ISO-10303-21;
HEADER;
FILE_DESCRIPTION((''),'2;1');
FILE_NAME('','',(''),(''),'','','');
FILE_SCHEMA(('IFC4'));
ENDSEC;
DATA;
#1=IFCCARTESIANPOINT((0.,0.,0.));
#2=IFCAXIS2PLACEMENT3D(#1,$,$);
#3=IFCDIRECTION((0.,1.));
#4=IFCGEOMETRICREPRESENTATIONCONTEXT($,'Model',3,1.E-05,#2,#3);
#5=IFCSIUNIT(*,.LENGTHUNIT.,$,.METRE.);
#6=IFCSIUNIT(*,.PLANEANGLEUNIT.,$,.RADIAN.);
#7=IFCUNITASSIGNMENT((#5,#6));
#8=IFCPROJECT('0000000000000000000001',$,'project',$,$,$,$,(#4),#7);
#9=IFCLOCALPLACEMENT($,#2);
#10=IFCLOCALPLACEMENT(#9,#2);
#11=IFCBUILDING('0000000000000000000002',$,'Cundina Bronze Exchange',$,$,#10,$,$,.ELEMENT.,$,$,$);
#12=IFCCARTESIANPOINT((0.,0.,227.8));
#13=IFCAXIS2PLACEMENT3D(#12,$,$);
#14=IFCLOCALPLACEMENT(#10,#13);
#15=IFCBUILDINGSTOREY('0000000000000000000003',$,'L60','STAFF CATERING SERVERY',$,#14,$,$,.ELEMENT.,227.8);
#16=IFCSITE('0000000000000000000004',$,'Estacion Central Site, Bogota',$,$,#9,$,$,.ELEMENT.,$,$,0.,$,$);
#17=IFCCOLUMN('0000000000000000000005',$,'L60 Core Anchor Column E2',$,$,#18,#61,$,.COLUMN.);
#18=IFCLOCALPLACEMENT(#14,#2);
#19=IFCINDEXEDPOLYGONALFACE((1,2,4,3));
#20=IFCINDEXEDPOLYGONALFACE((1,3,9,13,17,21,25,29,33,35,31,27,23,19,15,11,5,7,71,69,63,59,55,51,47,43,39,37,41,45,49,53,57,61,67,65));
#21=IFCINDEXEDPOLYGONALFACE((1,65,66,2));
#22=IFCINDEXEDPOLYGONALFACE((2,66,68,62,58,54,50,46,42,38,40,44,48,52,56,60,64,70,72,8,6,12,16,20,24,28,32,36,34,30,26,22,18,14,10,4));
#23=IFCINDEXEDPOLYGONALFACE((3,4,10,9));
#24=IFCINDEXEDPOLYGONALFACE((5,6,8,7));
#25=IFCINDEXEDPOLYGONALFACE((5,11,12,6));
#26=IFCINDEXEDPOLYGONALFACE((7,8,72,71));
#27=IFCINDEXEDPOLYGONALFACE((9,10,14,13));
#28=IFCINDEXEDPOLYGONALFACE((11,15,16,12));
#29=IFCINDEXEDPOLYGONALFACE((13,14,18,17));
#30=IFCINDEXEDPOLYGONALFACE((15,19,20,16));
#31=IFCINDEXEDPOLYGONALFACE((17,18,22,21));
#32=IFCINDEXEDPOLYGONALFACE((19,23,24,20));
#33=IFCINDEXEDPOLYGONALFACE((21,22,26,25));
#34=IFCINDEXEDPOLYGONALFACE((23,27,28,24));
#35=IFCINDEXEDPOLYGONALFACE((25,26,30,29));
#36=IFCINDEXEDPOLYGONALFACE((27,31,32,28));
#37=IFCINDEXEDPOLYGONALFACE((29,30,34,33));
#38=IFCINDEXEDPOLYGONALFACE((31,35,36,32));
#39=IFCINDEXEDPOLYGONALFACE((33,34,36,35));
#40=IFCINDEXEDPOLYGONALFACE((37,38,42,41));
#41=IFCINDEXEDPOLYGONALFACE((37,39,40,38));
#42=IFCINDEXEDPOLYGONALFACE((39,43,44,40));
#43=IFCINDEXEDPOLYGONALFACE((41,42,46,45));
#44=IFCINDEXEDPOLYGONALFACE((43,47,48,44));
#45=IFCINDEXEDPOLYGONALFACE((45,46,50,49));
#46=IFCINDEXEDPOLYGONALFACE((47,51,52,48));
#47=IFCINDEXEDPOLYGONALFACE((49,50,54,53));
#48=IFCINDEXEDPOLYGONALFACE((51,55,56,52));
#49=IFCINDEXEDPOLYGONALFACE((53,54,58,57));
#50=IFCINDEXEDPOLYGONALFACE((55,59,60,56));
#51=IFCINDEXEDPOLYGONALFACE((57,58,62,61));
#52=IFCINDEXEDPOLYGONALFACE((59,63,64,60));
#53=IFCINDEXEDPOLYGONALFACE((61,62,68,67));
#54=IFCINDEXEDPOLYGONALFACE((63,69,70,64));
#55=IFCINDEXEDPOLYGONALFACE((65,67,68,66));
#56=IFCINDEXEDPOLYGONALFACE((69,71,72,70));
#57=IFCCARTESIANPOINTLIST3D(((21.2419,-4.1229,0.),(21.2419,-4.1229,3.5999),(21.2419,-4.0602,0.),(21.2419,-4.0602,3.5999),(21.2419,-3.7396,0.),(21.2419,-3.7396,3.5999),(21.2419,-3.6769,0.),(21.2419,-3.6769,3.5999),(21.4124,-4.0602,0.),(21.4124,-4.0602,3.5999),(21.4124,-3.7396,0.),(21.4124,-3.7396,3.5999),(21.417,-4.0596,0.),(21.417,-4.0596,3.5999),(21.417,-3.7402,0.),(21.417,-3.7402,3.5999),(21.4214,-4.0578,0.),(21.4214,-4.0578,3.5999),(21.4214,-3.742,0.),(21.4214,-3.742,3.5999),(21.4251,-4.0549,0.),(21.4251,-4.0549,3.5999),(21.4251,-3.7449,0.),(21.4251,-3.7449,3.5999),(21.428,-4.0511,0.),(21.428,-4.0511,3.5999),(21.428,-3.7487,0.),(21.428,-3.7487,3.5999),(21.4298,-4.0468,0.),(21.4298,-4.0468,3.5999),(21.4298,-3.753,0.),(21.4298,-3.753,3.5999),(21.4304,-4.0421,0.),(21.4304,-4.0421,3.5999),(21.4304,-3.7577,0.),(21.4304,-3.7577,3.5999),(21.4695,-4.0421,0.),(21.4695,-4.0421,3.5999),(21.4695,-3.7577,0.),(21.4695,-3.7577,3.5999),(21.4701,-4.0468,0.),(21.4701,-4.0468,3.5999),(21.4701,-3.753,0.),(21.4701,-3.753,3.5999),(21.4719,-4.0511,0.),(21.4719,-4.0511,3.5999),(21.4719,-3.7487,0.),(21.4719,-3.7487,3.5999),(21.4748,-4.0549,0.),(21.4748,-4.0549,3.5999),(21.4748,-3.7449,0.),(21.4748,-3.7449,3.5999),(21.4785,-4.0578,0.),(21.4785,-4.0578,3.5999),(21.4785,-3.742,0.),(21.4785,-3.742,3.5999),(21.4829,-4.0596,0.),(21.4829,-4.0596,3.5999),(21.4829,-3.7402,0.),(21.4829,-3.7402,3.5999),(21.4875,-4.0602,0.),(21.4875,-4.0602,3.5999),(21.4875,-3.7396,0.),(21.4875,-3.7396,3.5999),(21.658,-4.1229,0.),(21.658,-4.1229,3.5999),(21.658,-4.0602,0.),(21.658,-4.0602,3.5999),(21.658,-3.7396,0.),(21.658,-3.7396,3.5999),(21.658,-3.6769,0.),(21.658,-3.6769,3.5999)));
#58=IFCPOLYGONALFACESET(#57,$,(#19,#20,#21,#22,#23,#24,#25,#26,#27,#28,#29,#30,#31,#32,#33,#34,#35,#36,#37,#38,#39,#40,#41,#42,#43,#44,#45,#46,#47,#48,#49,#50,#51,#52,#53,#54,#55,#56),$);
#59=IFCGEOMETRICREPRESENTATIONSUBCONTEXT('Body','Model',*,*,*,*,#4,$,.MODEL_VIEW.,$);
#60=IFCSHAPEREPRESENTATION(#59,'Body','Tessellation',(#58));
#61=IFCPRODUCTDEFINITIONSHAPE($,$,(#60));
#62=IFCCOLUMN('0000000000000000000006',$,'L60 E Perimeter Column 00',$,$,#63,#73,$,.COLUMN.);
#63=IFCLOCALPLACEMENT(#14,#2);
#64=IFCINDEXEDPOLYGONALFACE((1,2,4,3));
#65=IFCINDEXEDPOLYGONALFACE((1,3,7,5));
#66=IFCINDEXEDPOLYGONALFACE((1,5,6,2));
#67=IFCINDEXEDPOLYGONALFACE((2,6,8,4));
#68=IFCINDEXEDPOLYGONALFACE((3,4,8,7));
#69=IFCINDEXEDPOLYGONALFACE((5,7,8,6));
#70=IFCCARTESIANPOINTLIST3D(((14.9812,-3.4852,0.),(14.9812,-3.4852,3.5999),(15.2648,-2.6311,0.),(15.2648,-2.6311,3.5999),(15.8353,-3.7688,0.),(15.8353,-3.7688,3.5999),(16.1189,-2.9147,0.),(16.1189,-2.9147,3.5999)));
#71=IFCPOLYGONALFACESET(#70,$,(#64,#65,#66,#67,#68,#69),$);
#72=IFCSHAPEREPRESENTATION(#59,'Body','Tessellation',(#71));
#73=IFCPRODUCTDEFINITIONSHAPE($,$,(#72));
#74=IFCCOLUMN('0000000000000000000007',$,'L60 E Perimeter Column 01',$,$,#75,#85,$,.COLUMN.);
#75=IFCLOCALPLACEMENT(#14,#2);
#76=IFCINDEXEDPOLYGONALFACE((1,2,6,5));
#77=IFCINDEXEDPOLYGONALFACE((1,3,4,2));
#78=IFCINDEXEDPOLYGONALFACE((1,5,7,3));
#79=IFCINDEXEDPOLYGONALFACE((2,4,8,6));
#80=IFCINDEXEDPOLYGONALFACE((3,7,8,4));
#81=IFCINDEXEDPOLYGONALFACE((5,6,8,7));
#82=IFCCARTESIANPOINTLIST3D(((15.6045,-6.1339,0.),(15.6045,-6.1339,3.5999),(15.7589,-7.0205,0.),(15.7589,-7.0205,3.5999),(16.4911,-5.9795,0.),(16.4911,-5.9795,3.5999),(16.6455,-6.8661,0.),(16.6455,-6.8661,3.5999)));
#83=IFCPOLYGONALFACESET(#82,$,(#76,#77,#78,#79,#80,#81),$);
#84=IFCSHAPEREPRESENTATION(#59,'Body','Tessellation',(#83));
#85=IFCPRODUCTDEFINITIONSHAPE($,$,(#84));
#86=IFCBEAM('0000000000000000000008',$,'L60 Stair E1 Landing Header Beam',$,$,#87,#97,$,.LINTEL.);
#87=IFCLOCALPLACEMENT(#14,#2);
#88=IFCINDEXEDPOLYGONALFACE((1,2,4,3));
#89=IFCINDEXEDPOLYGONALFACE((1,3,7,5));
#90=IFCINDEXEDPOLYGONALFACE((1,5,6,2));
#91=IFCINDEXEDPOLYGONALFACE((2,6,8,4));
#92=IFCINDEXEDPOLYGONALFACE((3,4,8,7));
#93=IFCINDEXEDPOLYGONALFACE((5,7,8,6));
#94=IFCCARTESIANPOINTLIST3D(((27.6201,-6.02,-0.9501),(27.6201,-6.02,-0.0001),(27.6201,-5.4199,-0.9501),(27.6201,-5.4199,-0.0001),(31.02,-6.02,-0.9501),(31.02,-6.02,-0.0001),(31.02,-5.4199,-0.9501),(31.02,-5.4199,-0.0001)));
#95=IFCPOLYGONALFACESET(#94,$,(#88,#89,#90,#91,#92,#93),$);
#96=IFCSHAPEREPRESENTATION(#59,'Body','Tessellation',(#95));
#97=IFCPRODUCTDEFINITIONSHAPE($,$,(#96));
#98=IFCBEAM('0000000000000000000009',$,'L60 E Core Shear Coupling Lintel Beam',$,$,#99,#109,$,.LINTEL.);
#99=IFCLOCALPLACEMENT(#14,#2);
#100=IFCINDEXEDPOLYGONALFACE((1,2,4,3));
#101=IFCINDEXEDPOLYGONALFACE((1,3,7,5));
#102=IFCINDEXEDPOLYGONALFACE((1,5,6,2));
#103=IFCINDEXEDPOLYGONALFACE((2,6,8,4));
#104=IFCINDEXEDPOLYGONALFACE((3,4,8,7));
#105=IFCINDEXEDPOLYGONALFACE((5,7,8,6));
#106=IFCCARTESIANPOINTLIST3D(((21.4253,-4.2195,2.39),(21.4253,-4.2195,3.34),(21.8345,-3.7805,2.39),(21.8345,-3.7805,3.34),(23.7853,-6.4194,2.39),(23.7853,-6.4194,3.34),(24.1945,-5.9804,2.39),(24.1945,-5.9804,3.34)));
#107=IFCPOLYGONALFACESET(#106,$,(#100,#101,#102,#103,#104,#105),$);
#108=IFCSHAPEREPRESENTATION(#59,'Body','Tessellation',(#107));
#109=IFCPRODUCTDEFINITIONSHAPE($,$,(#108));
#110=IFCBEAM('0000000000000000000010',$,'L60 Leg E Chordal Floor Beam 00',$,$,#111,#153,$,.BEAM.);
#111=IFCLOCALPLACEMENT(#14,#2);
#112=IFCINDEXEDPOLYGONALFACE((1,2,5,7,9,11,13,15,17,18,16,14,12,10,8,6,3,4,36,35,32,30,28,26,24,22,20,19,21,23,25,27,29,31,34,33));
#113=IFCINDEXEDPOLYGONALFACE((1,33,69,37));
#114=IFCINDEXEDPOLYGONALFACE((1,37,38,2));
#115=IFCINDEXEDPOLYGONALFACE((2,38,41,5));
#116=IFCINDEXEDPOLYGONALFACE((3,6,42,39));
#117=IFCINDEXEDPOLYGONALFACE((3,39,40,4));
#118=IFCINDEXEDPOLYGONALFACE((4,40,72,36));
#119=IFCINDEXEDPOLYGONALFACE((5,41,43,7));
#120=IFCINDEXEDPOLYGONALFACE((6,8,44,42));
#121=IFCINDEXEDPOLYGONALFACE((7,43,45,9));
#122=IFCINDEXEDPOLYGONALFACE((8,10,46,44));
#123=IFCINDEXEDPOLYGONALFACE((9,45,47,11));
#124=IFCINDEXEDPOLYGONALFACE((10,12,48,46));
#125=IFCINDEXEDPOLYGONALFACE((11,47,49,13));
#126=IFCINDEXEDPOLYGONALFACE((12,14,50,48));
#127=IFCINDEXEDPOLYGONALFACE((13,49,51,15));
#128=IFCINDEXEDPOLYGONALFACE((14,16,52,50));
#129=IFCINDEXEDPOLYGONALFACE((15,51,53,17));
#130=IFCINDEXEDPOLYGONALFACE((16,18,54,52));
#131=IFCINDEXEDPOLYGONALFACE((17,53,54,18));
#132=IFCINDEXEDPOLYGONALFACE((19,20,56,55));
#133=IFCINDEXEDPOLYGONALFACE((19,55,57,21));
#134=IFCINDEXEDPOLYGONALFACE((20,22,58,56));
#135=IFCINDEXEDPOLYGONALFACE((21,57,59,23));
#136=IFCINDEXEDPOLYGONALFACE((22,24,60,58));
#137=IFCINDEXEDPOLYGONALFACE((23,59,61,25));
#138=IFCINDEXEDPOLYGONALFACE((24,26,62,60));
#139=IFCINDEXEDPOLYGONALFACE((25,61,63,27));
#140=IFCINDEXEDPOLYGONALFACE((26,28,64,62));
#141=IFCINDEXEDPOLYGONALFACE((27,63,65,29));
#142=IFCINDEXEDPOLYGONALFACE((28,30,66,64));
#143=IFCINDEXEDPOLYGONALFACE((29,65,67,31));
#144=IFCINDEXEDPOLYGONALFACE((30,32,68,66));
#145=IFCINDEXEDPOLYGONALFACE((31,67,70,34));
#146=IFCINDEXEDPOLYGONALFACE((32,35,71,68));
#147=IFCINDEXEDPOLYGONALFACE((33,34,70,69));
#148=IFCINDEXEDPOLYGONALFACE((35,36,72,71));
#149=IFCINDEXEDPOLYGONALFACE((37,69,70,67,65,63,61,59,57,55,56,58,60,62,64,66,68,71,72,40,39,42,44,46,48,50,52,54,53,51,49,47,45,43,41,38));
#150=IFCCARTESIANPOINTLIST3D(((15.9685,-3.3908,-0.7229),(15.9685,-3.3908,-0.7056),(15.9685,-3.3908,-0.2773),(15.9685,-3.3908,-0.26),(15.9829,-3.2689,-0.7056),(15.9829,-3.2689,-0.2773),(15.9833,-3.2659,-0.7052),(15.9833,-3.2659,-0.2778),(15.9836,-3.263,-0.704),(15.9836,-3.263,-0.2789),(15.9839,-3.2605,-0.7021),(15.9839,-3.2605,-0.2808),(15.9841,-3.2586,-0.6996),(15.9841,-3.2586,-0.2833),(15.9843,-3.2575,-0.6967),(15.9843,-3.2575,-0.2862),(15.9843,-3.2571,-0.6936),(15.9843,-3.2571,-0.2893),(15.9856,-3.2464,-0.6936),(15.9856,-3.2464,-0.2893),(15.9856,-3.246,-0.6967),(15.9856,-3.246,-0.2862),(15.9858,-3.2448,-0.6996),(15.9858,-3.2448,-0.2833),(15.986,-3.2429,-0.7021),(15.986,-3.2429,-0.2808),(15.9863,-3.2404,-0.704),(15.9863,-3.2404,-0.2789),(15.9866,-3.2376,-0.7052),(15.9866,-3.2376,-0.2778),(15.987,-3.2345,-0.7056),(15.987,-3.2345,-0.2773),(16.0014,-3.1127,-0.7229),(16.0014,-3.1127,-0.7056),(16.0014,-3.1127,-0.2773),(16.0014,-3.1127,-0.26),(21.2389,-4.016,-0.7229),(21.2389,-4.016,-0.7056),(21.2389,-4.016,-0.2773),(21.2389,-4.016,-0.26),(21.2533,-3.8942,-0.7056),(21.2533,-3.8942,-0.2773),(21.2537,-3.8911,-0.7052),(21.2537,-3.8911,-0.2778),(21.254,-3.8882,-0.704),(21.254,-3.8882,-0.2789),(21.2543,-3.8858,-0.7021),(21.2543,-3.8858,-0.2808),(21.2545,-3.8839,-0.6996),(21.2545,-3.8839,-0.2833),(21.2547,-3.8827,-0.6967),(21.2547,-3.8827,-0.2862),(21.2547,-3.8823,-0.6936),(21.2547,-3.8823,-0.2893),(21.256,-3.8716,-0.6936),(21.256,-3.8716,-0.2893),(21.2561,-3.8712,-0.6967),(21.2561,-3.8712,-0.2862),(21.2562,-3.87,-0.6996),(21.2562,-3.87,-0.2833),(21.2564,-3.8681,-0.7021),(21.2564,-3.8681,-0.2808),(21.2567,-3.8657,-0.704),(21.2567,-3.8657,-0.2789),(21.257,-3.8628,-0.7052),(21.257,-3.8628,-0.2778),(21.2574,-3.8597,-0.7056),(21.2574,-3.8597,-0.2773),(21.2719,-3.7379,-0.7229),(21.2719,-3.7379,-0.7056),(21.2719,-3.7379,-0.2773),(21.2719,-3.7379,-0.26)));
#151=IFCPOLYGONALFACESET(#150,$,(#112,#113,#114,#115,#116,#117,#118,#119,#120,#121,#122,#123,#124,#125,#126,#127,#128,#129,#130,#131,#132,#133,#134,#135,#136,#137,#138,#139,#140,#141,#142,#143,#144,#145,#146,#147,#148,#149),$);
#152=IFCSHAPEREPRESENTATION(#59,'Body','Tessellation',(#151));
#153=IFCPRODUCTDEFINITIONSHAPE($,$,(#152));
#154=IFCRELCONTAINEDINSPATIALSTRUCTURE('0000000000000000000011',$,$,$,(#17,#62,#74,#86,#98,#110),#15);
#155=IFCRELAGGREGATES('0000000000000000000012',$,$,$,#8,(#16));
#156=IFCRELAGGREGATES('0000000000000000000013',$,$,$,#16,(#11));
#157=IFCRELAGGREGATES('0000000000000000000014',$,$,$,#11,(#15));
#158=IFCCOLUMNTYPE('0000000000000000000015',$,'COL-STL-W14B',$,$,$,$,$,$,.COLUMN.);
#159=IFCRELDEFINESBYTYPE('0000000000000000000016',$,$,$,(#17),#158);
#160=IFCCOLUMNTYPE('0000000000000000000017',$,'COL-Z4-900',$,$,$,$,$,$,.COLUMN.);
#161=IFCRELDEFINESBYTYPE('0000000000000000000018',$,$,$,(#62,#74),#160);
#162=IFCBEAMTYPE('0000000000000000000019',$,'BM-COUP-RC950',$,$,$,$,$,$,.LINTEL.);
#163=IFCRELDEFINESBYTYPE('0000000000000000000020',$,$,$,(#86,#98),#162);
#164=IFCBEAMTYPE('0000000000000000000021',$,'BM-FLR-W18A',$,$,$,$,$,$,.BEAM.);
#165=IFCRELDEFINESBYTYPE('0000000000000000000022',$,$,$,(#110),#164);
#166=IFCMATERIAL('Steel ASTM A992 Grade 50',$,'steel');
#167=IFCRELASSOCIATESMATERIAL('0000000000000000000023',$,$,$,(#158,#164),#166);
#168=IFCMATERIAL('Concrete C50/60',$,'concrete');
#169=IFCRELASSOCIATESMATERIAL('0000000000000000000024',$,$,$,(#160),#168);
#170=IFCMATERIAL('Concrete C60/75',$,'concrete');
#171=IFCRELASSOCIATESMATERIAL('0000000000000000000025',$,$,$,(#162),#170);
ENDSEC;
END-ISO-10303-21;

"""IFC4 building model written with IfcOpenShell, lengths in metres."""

from ifc_helpers import new_model, si_unit, direction, frame, origin, origin_2d, place, context, subcontext, project, spatial, rectangle, i_section, extrude, material, material_profile, profile_set, type_object, element, save


model = new_model("IFC4")

# Units and contexts
model_context = context("Model", 3, precision=1e-05, world=origin(), true_north=direction((0.0, 1.0)))
body_context = subcontext(model_context, "Body", "Model", "MODEL_VIEW")
ifc_project = project(units=[si_unit("LENGTHUNIT", "METRE"), si_unit("PLANEANGLEUNIT", "RADIAN")], contexts=[model_context])

# Site, building, storey
site_placement = place(None, origin())
site = spatial("IfcSite", under=ifc_project, at=site_placement, Name="Estacion Central Site, Bogota", CompositionType="ELEMENT", RefElevation=0.0)
building_placement = place(site_placement, origin())
building = spatial("IfcBuilding", under=site, at=building_placement, Name="Cundina Bronze Exchange", CompositionType="ELEMENT")
storey_placement = place(building_placement, frame((0.0, 0.0, 227.8)))
storey = spatial("IfcBuildingStorey", under=building, at=storey_placement, Name="L60", Description="STAFF CATERING SERVERY", CompositionType="ELEMENT", Elevation=227.8)

# Columns
ifc_material_1 = material(Name="Steel ASTM A992 Grade 50", Category="steel")
ifc_material_profile_1 = material_profile(ifc_material_1, i_section(OverallWidth=0.416, OverallDepth=0.446, WebThickness=0.0391, FlangeThickness=0.0627, FilletRadius=0.0181, at=origin_2d()), Name="W14X342", Category="steel")
ifc_profile_set_1 = profile_set([ifc_material_profile_1], Name="Steel ASTM A992 Grade 50")
column_type_1 = type_object("IfcColumnType", Name="COL-STL-W14B", PredefinedType="COLUMN", material=ifc_profile_set_1)
column_placement = place(storey_placement, frame((21.45, -3.8999, 0.0), z_axis=(0.0, 0.0, 1.0), x_axis=(1.0, 0.0, 0.0)))
element("IfcColumn", 1, at=column_placement, inside=storey, type_object=column_type_1, Name="L60 Core Anchor Column E2", PredefinedType="COLUMN", context=body_context, shape_type="SweptSolid", body=[
    extrude(i_section(OverallWidth=0.416, OverallDepth=0.446, WebThickness=0.0391, FlangeThickness=0.0627, FilletRadius=0.0181, at=origin_2d()), origin(), (0.0, 0.0, 1.0), 3.5999),
])
ifc_material_2 = material(Name="Concrete C50/60", Category="concrete")
ifc_material_profile_2 = material_profile(ifc_material_2, rectangle(XDim=0.8999, YDim=0.8999, at=origin_2d()), Name="RC900X900", Category="concrete")
ifc_profile_set_2 = profile_set([ifc_material_profile_2], Name="Concrete C50/60")
column_type_2 = type_object("IfcColumnType", Name="COL-Z4-900", PredefinedType="COLUMN", material=ifc_profile_set_2)
for number, where, z_axis, x_axis, name in (
    (2, (15.55, -3.2, 0.0), (0.0, 0.0, 1.0), (-0.315152, -0.949041, 0.0), "L60 E Perimeter Column 00"),
    (3, (16.125, -6.5, 0.0), (0.0, 0.0, 1.0), (0.171585, -0.985169, 0.0), "L60 E Perimeter Column 01"),
):
    element("IfcColumn", number, at=place(storey_placement, frame(where, z_axis=z_axis, x_axis=x_axis)), inside=storey, type_object=column_type_2, Name=name, PredefinedType="COLUMN", context=body_context, shape_type="SweptSolid", body=[
        extrude(rectangle(XDim=0.8999, YDim=0.8999, at=origin_2d()), origin(), (0.0, 0.0, 1.0), 3.5999),
    ])

# Beams
ifc_material_3 = material(Name="Concrete C60/75", Category="concrete")
ifc_material_profile_3 = material_profile(ifc_material_3, rectangle(XDim=0.6001, YDim=0.95, at=origin_2d()), Name="RC600X950", Category="concrete")
ifc_profile_set_3 = profile_set([ifc_material_profile_3], Name="Concrete C60/75")
beam_type_1 = type_object("IfcBeamType", Name="BM-COUP-RC950", PredefinedType="LINTEL", material=ifc_profile_set_3)
beam_1_placement = place(storey_placement, frame((27.6201, -5.72, -0.4751), z_axis=(1.0, 0.0, 0.0), x_axis=(0.0, 1.0, 0.0)))
element("IfcBeam", 4, at=beam_1_placement, inside=storey, type_object=beam_type_1, Name="L60 Stair E1 Landing Header Beam", PredefinedType="LINTEL", context=body_context, shape_type="SweptSolid", body=[
    extrude(rectangle(XDim=0.6001, YDim=0.95, at=origin_2d()), origin(), (0.0, 0.0, 1.0), 3.3999),
])
beam_2_placement = place(storey_placement, frame((21.6299, -4.0, 2.865), z_axis=(0.73149, -0.681852, 0.0), x_axis=(0.681852, 0.73149, 0.0)))
element("IfcBeam", 5, at=beam_2_placement, inside=storey, type_object=beam_type_1, Name="L60 E Core Shear Coupling Lintel Beam", PredefinedType="LINTEL", context=body_context, shape_type="SweptSolid", body=[
    extrude(rectangle(XDim=0.6001, YDim=0.95, at=origin_2d()), origin(), (0.0, 0.0, 1.0), 3.2263),
])
ifc_material_profile_4 = material_profile(ifc_material_1, i_section(OverallWidth=0.28, OverallDepth=0.4629, WebThickness=0.0107, FlangeThickness=0.0173, FilletRadius=0.012, at=origin_2d()), Name="W18X76", Category="steel")
ifc_profile_set_4 = profile_set([ifc_material_profile_4], Name="Steel ASTM A992 Grade 50")
beam_type_2 = type_object("IfcBeamType", Name="BM-FLR-W18A", PredefinedType="BEAM", material=ifc_profile_set_4)
beam_3_placement = place(storey_placement, frame((21.2554, -3.877, -0.4915), z_axis=(-0.993037, 0.117805, 0.0), x_axis=(-0.117805, -0.993037, 0.0)))
element("IfcBeam", 6, at=beam_3_placement, inside=storey, type_object=beam_type_2, Name="L60 Leg E Chordal Floor Beam 00", PredefinedType="BEAM", context=body_context, shape_type="SweptSolid", body=[
    extrude(i_section(OverallWidth=0.28, OverallDepth=0.4629, WebThickness=0.0107, FlangeThickness=0.0173, FilletRadius=0.012, at=origin_2d()), origin(), (0.0, 0.0, 1.0), 5.3074),
])

save(model, "model.ifc")
